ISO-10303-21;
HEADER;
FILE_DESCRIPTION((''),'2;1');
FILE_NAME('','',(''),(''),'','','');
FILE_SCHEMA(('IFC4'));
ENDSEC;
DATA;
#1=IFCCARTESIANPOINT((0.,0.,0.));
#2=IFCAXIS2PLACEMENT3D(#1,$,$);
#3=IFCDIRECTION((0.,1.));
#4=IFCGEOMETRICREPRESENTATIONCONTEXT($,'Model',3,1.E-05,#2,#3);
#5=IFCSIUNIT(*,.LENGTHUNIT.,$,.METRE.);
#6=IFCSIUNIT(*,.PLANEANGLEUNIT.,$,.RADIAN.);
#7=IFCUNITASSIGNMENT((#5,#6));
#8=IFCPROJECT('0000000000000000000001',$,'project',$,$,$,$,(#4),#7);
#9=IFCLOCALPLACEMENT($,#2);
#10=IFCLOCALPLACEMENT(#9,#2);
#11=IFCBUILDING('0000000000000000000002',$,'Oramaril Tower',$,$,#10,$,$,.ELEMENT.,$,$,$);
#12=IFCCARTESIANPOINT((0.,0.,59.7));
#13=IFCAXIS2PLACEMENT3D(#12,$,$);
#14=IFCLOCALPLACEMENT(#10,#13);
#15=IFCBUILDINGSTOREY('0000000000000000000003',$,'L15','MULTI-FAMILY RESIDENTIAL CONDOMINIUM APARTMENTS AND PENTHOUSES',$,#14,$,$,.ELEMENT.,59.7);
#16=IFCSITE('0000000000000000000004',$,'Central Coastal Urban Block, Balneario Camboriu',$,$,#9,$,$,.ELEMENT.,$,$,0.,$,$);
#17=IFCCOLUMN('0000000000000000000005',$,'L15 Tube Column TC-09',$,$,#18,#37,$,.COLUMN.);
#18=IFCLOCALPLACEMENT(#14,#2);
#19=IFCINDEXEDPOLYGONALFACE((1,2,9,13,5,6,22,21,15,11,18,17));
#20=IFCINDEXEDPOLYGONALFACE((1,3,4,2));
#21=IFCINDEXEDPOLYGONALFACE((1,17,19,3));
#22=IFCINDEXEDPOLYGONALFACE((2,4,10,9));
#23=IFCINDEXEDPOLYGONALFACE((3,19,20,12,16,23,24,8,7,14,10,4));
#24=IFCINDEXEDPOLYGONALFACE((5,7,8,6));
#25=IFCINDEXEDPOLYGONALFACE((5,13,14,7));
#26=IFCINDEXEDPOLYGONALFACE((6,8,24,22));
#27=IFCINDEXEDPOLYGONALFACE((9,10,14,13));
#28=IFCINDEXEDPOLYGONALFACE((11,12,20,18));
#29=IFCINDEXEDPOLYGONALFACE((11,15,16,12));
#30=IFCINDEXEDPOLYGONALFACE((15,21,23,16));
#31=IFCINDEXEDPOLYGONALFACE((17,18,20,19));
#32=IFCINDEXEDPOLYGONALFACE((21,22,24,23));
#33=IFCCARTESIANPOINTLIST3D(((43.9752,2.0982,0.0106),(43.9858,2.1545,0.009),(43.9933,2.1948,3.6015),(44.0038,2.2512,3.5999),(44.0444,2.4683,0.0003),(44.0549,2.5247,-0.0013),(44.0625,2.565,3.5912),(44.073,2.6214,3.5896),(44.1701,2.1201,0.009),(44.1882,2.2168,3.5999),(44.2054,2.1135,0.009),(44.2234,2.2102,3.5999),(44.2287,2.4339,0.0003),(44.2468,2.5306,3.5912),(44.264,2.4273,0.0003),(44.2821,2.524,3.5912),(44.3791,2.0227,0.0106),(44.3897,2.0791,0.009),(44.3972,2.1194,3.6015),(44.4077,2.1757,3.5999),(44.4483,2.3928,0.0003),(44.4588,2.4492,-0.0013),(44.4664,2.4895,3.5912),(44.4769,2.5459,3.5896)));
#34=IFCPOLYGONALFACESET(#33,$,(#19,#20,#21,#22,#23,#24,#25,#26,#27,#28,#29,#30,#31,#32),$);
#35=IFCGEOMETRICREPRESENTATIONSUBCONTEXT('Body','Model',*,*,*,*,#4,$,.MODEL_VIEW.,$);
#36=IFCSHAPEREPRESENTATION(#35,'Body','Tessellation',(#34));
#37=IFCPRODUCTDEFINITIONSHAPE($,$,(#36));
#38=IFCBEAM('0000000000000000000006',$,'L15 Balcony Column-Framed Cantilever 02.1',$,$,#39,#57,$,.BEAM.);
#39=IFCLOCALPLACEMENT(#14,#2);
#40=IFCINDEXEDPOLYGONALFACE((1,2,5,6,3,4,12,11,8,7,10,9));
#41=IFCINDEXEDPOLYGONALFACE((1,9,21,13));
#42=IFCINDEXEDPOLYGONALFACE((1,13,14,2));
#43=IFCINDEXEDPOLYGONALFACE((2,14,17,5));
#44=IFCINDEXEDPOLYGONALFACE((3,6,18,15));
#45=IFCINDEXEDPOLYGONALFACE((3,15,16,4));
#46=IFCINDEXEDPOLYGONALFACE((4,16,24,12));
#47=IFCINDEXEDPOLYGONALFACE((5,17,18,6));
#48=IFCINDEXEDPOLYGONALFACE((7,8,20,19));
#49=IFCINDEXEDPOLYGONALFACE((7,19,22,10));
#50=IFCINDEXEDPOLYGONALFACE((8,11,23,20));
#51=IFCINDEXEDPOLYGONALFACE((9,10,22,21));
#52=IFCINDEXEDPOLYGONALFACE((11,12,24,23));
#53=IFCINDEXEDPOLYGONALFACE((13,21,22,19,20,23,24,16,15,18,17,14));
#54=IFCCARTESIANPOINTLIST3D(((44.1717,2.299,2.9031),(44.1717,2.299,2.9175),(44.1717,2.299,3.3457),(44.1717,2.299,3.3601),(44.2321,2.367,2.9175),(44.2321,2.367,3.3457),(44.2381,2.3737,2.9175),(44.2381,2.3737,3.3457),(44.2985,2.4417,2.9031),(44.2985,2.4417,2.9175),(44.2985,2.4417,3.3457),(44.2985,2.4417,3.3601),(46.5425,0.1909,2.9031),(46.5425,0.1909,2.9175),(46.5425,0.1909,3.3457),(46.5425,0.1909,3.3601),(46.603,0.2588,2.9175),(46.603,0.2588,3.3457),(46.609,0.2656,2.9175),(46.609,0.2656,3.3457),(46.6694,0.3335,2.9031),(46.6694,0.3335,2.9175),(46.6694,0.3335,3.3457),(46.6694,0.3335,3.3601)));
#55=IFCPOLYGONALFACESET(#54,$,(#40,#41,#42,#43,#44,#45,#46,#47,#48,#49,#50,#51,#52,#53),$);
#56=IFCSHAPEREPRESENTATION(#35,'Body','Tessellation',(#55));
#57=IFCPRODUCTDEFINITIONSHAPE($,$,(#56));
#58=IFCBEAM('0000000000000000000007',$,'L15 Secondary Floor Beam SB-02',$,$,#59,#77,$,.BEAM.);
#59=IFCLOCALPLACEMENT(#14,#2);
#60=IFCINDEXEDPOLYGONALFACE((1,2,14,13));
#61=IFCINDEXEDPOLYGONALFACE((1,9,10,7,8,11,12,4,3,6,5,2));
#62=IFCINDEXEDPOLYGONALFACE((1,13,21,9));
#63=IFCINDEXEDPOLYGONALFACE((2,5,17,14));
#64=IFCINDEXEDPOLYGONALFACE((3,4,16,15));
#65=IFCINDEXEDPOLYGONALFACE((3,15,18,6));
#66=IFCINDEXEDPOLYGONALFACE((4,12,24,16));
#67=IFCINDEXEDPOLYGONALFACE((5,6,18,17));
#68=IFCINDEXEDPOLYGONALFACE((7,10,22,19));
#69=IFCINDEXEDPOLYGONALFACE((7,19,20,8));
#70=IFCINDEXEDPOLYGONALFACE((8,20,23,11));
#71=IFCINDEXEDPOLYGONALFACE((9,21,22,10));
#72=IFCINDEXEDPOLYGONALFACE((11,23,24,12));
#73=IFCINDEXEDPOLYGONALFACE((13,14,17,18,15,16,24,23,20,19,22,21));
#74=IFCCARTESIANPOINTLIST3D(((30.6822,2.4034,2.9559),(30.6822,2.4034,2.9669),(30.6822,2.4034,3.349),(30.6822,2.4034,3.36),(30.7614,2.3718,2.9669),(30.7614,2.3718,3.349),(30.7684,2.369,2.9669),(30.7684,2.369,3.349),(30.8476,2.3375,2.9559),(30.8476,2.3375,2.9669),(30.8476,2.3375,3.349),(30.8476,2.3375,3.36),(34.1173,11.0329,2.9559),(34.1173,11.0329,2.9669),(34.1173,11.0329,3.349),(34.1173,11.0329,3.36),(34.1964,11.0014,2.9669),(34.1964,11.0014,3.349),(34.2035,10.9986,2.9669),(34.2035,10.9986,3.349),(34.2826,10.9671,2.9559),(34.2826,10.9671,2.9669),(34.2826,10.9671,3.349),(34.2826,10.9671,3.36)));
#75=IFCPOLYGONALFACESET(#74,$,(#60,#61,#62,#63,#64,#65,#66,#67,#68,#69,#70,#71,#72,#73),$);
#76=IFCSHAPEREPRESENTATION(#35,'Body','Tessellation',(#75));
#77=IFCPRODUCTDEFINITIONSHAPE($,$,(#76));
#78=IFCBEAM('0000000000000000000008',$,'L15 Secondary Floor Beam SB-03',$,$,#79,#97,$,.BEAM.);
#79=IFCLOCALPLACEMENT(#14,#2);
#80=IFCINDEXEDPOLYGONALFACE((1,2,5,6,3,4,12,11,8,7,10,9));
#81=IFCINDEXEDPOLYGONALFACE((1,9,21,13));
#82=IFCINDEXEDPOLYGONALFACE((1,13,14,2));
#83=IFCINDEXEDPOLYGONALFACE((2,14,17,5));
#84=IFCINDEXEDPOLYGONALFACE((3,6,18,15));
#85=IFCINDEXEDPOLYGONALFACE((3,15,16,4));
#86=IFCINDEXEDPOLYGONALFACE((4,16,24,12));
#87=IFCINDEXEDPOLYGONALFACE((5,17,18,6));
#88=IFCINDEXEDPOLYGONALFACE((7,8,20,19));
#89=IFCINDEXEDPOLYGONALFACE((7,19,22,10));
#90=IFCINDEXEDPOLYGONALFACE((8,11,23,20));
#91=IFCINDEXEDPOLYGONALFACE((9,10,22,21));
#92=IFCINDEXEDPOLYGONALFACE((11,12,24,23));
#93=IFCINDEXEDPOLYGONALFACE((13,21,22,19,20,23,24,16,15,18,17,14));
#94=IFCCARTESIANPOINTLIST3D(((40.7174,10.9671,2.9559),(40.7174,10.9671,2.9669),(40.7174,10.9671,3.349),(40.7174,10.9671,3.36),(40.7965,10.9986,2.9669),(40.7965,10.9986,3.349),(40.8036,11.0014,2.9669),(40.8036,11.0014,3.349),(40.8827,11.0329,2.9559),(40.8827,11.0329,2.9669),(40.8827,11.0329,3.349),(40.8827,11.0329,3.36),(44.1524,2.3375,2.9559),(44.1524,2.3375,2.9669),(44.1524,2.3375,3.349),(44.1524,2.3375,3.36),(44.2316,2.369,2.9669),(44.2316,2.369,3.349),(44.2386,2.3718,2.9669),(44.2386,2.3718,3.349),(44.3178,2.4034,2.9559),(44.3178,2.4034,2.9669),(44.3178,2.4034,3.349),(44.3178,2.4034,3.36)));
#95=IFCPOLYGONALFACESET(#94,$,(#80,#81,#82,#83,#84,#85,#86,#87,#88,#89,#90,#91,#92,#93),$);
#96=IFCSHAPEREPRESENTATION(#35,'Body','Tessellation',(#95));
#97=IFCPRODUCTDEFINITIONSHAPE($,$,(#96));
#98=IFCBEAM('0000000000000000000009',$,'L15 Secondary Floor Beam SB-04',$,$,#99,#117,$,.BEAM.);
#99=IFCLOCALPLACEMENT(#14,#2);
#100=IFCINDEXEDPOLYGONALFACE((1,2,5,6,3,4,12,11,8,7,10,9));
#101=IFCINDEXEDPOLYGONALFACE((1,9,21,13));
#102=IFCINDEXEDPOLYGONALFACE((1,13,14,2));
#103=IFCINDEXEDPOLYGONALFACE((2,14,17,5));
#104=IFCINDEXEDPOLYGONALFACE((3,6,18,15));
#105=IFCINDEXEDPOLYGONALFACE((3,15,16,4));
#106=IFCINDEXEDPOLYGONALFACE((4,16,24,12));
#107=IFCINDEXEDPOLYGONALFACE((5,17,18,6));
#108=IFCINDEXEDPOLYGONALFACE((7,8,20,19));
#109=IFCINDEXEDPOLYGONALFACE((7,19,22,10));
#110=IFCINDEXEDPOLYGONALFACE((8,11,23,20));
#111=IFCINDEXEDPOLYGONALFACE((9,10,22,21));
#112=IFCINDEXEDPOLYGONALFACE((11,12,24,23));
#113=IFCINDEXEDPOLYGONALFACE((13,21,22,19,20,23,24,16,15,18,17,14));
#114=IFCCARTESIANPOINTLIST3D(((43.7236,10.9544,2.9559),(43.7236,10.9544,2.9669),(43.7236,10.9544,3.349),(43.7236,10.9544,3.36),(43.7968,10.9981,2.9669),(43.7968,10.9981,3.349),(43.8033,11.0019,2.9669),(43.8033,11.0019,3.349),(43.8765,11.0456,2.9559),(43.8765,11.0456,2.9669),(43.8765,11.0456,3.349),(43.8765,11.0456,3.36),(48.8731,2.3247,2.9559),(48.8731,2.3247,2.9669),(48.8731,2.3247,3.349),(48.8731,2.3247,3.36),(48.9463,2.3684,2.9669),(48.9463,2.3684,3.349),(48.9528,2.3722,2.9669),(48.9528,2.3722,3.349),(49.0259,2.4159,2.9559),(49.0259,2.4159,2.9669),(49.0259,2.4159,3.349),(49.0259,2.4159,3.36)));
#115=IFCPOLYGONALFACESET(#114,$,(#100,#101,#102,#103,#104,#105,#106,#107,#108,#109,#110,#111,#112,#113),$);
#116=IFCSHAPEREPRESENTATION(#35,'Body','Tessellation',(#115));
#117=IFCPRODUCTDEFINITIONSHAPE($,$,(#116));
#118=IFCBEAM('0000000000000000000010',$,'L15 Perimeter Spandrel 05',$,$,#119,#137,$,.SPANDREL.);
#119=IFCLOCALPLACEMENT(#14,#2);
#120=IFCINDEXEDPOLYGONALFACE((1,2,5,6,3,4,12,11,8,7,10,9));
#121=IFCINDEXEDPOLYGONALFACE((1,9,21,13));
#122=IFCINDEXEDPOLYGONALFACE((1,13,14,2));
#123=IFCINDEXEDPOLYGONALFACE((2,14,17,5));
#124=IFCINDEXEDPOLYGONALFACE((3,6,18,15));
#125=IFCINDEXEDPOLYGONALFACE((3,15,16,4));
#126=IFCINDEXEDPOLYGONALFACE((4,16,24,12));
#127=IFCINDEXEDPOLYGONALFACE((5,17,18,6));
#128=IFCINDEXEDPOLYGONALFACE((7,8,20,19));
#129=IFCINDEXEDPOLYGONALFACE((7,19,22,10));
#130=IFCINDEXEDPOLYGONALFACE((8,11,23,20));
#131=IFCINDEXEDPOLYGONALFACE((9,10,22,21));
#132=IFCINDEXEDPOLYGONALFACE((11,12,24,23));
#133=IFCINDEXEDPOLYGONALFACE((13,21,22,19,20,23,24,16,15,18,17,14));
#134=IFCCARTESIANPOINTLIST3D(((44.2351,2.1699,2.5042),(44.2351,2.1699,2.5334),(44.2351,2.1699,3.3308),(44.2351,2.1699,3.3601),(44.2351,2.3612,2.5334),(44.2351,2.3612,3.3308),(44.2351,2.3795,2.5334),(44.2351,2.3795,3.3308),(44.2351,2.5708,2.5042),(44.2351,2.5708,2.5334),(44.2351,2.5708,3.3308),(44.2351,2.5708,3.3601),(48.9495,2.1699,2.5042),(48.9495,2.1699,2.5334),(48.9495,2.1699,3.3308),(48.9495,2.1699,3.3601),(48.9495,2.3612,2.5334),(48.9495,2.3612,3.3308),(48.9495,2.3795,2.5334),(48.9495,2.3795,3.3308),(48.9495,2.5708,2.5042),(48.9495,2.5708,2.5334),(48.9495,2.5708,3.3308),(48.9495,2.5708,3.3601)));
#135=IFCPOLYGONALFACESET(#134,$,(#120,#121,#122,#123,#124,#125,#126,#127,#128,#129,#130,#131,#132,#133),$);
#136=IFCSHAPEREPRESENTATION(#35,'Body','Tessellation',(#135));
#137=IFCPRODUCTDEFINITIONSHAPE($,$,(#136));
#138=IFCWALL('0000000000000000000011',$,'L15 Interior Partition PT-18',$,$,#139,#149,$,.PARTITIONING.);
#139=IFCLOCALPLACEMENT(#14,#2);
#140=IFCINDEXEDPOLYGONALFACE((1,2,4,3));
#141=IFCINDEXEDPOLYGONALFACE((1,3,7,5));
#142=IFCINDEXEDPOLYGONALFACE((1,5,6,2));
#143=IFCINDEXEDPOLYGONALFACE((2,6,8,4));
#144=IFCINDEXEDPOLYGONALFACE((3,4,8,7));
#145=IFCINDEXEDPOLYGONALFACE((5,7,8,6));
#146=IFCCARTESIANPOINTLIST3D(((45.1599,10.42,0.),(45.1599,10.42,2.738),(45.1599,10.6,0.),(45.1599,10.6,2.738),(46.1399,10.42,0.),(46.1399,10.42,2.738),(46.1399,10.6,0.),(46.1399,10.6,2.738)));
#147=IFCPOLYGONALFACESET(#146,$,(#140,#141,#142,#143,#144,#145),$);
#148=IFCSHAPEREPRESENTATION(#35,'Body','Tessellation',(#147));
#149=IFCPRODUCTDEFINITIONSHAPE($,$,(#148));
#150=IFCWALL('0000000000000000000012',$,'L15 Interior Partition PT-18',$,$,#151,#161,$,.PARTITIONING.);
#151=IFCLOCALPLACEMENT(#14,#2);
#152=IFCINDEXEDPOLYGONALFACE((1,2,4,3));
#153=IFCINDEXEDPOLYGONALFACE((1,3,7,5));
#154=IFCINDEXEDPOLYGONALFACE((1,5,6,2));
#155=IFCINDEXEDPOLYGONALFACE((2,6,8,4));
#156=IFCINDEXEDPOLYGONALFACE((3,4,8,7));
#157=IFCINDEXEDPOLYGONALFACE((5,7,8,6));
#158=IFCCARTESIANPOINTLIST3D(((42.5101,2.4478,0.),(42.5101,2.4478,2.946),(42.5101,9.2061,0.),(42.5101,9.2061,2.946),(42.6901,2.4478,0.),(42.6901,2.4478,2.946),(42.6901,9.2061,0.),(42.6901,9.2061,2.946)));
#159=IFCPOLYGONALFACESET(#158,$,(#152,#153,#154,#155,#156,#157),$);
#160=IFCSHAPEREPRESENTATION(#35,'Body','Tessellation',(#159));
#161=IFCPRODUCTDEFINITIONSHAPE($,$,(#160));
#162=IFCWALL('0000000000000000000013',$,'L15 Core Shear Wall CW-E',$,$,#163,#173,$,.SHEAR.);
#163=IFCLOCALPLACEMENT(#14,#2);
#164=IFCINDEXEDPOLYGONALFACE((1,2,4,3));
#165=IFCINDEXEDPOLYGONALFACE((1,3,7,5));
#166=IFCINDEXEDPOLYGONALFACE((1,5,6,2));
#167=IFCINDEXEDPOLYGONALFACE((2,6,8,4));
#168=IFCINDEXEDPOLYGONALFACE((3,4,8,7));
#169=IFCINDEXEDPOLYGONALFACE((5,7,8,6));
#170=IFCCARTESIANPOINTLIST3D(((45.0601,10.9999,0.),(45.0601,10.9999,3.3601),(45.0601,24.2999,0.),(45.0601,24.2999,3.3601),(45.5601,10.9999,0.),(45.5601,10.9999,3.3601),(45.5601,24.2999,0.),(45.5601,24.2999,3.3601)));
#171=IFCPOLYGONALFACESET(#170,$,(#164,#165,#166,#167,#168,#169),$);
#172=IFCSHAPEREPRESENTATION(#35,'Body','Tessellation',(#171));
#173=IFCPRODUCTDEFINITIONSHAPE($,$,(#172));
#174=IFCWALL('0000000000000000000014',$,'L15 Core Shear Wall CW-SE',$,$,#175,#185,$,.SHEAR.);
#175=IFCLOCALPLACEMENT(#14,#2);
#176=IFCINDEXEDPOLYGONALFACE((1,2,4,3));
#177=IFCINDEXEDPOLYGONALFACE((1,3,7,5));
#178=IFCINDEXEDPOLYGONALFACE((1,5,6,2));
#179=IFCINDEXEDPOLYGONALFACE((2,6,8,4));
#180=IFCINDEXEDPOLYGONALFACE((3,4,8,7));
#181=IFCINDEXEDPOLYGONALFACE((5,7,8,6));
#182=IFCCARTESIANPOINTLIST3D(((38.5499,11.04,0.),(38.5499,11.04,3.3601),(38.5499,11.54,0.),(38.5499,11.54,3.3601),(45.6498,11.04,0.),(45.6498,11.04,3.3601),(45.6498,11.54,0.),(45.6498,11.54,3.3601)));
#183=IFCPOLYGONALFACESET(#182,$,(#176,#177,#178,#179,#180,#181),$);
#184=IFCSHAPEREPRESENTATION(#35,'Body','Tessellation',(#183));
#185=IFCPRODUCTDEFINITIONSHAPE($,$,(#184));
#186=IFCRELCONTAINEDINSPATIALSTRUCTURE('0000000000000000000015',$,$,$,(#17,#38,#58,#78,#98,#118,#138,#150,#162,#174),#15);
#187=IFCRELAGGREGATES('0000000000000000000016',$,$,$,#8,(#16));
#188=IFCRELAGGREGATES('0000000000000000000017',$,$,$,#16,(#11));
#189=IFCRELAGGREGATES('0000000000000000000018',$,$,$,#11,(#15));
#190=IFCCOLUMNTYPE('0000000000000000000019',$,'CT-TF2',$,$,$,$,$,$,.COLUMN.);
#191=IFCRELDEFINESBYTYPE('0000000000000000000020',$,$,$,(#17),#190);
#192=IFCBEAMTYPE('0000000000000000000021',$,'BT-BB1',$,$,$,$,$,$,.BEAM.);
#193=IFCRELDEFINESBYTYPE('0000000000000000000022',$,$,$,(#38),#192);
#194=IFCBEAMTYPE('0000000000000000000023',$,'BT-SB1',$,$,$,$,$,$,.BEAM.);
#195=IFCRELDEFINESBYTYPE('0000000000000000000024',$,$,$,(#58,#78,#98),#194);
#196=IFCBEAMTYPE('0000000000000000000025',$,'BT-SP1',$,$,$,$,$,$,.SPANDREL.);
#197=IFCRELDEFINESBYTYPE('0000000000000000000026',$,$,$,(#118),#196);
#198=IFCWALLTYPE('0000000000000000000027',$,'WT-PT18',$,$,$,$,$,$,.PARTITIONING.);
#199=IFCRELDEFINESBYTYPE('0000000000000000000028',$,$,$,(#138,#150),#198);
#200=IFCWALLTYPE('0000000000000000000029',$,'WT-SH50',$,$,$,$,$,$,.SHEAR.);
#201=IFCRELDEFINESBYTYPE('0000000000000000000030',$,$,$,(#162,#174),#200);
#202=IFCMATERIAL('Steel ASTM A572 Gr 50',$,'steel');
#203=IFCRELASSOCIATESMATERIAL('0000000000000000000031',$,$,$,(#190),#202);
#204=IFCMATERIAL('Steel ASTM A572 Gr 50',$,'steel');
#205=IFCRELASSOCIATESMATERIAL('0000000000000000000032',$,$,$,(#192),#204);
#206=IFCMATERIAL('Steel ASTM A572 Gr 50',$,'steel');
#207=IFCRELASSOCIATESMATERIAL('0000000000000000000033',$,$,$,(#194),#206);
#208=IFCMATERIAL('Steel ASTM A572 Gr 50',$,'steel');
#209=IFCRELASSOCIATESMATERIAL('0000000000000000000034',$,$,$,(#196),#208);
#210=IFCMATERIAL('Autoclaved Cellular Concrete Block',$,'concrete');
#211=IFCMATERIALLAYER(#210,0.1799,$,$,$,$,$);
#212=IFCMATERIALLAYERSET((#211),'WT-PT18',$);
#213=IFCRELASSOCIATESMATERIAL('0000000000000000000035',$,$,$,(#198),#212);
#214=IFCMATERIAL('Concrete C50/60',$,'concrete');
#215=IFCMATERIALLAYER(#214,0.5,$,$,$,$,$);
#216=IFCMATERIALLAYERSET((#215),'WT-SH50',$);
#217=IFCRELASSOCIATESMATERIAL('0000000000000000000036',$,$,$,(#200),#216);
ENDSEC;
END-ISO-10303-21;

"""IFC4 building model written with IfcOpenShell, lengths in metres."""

from ifc_helpers import new_model, si_unit, direction, frame, frame_2d, origin, origin_2d, place, context, subcontext, project, spatial, rectangle, i_section, extrude, material, layer, layer_set, material_profile, profile_set, type_object, element, save


model = new_model("IFC4")

# Units and contexts
model_context = context("Model", 3, precision=1e-05, world=origin(), true_north=direction((0.0, 1.0)))
body_context = subcontext(model_context, "Body", "Model", "MODEL_VIEW")
ifc_project = project(units=[si_unit("LENGTHUNIT", "METRE"), si_unit("PLANEANGLEUNIT", "RADIAN")], contexts=[model_context])

# Site, building, storey
site_placement = place(None, origin())
site = spatial("IfcSite", under=ifc_project, at=site_placement, Name="Central Coastal Urban Block, Balneario Camboriu", CompositionType="ELEMENT", RefElevation=0.0)
building_placement = place(site_placement, origin())
building = spatial("IfcBuilding", under=site, at=building_placement, Name="Oramaril Tower", CompositionType="ELEMENT")
storey_placement = place(building_placement, frame((0.0, 0.0, 59.7)))
storey = spatial("IfcBuildingStorey", under=building, at=storey_placement, Name="L15", Description="MULTI-FAMILY RESIDENTIAL CONDOMINIUM APARTMENTS AND PENTHOUSES", CompositionType="ELEMENT", Elevation=59.7)

# Column
ifc_material_1 = material(Name="Steel ASTM A572 Gr 50", Category="steel")
ifc_material_profile_1 = material_profile(ifc_material_1, i_section(OverallWidth=0.4109, OverallDepth=0.4341, WebThickness=0.0359, FlangeThickness=0.0574, at=origin_2d()), Name="W14X311")
ifc_profile_set_1 = profile_set([ifc_material_profile_1], Name="Steel ASTM A572 Gr 50")
column_type = type_object("IfcColumnType", Name="CT-TF2", PredefinedType="COLUMN", material=ifc_profile_set_1)
column_placement = place(storey_placement, frame((44.217, 2.2737, 0.0046), z_axis=(0.005029, 0.026914, 0.999625), x_axis=(-0.982984, 0.183689, 0.0)))
element("IfcColumn", 1, at=column_placement, inside=storey, type_object=column_type, Name="L15 Tube Column TC-09", PredefinedType="COLUMN", context=body_context, shape_type="SweptSolid", body=[
    extrude(i_section(OverallWidth=0.4109, OverallDepth=0.4341, WebThickness=0.0359, FlangeThickness=0.0574, at=origin_2d()), origin(), (0.0, 0.0, 1.0), 3.5923),
])

# Beams
ifc_material_2 = material(Name="Steel ASTM A572 Gr 50", Category="steel")
ifc_material_profile_2 = material_profile(ifc_material_2, i_section(OverallWidth=0.1909, OverallDepth=0.457, WebThickness=0.009, FlangeThickness=0.0144, at=origin_2d()), Name="W18X50")
ifc_profile_set_2 = profile_set([ifc_material_profile_2], Name="Steel ASTM A572 Gr 50")
beam_type_1 = type_object("IfcBeamType", Name="BT-BB1", PredefinedType="BEAM", material=ifc_profile_set_2)
beam_1_placement = place(storey_placement, frame((44.2351, 2.3704, 3.1316), z_axis=(0.747295, -0.664493, 0.0), x_axis=(0.664493, 0.747295, 0.0)))
element("IfcBeam", 2, at=beam_1_placement, inside=storey, type_object=beam_type_1, Name="L15 Balcony Column-Framed Cantilever 02.1", PredefinedType="BEAM", context=body_context, shape_type="SweptSolid", body=[
    extrude(i_section(OverallWidth=0.1909, OverallDepth=0.457, WebThickness=0.009, FlangeThickness=0.0144, at=origin_2d()), origin(), (0.0, 0.0, 1.0), 3.1726),
])
ifc_material_3 = material(Name="Steel ASTM A572 Gr 50", Category="steel")
ifc_material_profile_3 = material_profile(ifc_material_3, i_section(OverallWidth=0.178, OverallDepth=0.4041, WebThickness=0.0076, FlangeThickness=0.011, at=origin_2d()), Name="W16X36")
ifc_profile_set_3 = profile_set([ifc_material_profile_3], Name="Steel ASTM A572 Gr 50")
beam_type_2 = type_object("IfcBeamType", Name="BT-SB1", PredefinedType="BEAM", material=ifc_profile_set_3)
for number, where, z_axis, x_axis, name in (
    (3, (34.2, 11.0, 3.158), (-0.369831, -0.929099, 0.0), (0.929099, -0.369831, 0.0), "L15 Secondary Floor Beam SB-02"),
    (4, (40.8, 11.0, 3.158), (0.369831, -0.929099, 0.0), (0.929099, 0.369831, 0.0), "L15 Secondary Floor Beam SB-03"),
):
    element("IfcBeam", number, at=place(storey_placement, frame(where, z_axis=z_axis, x_axis=x_axis)), inside=storey, type_object=beam_type_2, Name=name, PredefinedType="BEAM", context=body_context, shape_type="SweptSolid", body=[
        extrude(i_section(OverallWidth=0.178, OverallDepth=0.4041, WebThickness=0.0076, FlangeThickness=0.011, at=origin_2d()), origin(), (0.0, 0.0, 1.0), 9.2881),
    ])
beam_2_placement = place(storey_placement, frame((43.8, 11.0, 3.158), z_axis=(0.512419, -0.858736, 0.0), x_axis=(0.858736, 0.512419, 0.0)))
element("IfcBeam", 5, at=beam_2_placement, inside=storey, type_object=beam_type_2, Name="L15 Secondary Floor Beam SB-04", PredefinedType="BEAM", context=body_context, shape_type="SweptSolid", body=[
    extrude(i_section(OverallWidth=0.178, OverallDepth=0.4041, WebThickness=0.0076, FlangeThickness=0.011, at=origin_2d()), origin(), (0.0, 0.0, 1.0), 10.0493),
])
ifc_material_4 = material(Name="Steel ASTM A572 Gr 50", Category="steel")
ifc_material_profile_4 = material_profile(ifc_material_4, i_section(OverallWidth=0.4009, OverallDepth=0.856, WebThickness=0.0183, FlangeThickness=0.0293, at=origin_2d()), Name="W33X201")
ifc_profile_set_4 = profile_set([ifc_material_profile_4], Name="Steel ASTM A572 Gr 50")
beam_type_3 = type_object("IfcBeamType", Name="BT-SP1", PredefinedType="SPANDREL", material=ifc_profile_set_4)
beam_3_placement = place(storey_placement, frame((44.2351, 2.3704, 2.9321), z_axis=(1.0, 0.0, 0.0), x_axis=(0.0, 1.0, 0.0)))
element("IfcBeam", 6, at=beam_3_placement, inside=storey, type_object=beam_type_3, Name="L15 Perimeter Spandrel 05", PredefinedType="SPANDREL", context=body_context, shape_type="SweptSolid", body=[
    extrude(i_section(OverallWidth=0.4009, OverallDepth=0.856, WebThickness=0.0183, FlangeThickness=0.0293, at=origin_2d()), origin(), (0.0, 0.0, 1.0), 4.7144),
])

# Walls
ifc_material_5 = material(Name="Autoclaved Cellular Concrete Block", Category="concrete")
ifc_layer_1 = layer(ifc_material_5, 0.1799)
ifc_layer_set_1 = layer_set([ifc_layer_1], Name="WT-PT18")
wall_type_1 = type_object("IfcWallType", Name="WT-PT18", PredefinedType="PARTITIONING", material=ifc_layer_set_1)
wall_1_placement = place(storey_placement, frame((45.1599, 10.51, 0.0), z_axis=(0.0, 0.0, 1.0), x_axis=(1.0, 0.0, 0.0)))
element("IfcWall", 7, at=wall_1_placement, inside=storey, type_object=wall_type_1, Name="L15 Interior Partition PT-18", PredefinedType="PARTITIONING", context=body_context, shape_type="SweptSolid", body=[
    extrude(rectangle(XDim=0.98, YDim=0.1799, at=frame_2d((0.49, 0.0))), origin(), (0.0, 0.0, 1.0), 2.738),
])
wall_2_placement = place(storey_placement, frame((42.6001, 2.4478, 0.0), z_axis=(0.0, 0.0, 1.0), x_axis=(0.0, 1.0, 0.0)))
element("IfcWall", 8, at=wall_2_placement, inside=storey, type_object=wall_type_1, Name="L15 Interior Partition PT-18", PredefinedType="PARTITIONING", context=body_context, shape_type="SweptSolid", body=[
    extrude(rectangle(XDim=6.7583, YDim=0.1799, at=frame_2d((3.3792, 0.0))), origin(), (0.0, 0.0, 1.0), 2.946),
])
ifc_material_6 = material(Name="Concrete C50/60", Category="concrete")
ifc_layer_2 = layer(ifc_material_6, 0.5)
ifc_layer_set_2 = layer_set([ifc_layer_2], Name="WT-SH50")
wall_type_2 = type_object("IfcWallType", Name="WT-SH50", PredefinedType="SHEAR", material=ifc_layer_set_2)
wall_3_placement = place(storey_placement, frame((45.3101, 11.0, 0.0), z_axis=(0.0, 0.0, 1.0), x_axis=(0.0, 1.0, 0.0)))
element("IfcWall", 9, at=wall_3_placement, inside=storey, type_object=wall_type_2, Name="L15 Core Shear Wall CW-E", PredefinedType="SHEAR", context=body_context, shape_type="SweptSolid", body=[
    extrude(rectangle(XDim=13.3, YDim=0.5, at=frame_2d((6.6499, 0.0))), origin(), (0.0, 0.0, 1.0), 3.3601),
])
wall_4_placement = place(storey_placement, frame((38.55, 11.29, 0.0), z_axis=(0.0, 0.0, 1.0), x_axis=(1.0, 0.0, 0.0)))
element("IfcWall", 10, at=wall_4_placement, inside=storey, type_object=wall_type_2, Name="L15 Core Shear Wall CW-SE", PredefinedType="SHEAR", context=body_context, shape_type="SweptSolid", body=[
    extrude(rectangle(XDim=7.0999, YDim=0.5, at=frame_2d((3.5498, 0.0))), origin(), (0.0, 0.0, 1.0), 3.3601),
])

save(model, "model.ifc")
